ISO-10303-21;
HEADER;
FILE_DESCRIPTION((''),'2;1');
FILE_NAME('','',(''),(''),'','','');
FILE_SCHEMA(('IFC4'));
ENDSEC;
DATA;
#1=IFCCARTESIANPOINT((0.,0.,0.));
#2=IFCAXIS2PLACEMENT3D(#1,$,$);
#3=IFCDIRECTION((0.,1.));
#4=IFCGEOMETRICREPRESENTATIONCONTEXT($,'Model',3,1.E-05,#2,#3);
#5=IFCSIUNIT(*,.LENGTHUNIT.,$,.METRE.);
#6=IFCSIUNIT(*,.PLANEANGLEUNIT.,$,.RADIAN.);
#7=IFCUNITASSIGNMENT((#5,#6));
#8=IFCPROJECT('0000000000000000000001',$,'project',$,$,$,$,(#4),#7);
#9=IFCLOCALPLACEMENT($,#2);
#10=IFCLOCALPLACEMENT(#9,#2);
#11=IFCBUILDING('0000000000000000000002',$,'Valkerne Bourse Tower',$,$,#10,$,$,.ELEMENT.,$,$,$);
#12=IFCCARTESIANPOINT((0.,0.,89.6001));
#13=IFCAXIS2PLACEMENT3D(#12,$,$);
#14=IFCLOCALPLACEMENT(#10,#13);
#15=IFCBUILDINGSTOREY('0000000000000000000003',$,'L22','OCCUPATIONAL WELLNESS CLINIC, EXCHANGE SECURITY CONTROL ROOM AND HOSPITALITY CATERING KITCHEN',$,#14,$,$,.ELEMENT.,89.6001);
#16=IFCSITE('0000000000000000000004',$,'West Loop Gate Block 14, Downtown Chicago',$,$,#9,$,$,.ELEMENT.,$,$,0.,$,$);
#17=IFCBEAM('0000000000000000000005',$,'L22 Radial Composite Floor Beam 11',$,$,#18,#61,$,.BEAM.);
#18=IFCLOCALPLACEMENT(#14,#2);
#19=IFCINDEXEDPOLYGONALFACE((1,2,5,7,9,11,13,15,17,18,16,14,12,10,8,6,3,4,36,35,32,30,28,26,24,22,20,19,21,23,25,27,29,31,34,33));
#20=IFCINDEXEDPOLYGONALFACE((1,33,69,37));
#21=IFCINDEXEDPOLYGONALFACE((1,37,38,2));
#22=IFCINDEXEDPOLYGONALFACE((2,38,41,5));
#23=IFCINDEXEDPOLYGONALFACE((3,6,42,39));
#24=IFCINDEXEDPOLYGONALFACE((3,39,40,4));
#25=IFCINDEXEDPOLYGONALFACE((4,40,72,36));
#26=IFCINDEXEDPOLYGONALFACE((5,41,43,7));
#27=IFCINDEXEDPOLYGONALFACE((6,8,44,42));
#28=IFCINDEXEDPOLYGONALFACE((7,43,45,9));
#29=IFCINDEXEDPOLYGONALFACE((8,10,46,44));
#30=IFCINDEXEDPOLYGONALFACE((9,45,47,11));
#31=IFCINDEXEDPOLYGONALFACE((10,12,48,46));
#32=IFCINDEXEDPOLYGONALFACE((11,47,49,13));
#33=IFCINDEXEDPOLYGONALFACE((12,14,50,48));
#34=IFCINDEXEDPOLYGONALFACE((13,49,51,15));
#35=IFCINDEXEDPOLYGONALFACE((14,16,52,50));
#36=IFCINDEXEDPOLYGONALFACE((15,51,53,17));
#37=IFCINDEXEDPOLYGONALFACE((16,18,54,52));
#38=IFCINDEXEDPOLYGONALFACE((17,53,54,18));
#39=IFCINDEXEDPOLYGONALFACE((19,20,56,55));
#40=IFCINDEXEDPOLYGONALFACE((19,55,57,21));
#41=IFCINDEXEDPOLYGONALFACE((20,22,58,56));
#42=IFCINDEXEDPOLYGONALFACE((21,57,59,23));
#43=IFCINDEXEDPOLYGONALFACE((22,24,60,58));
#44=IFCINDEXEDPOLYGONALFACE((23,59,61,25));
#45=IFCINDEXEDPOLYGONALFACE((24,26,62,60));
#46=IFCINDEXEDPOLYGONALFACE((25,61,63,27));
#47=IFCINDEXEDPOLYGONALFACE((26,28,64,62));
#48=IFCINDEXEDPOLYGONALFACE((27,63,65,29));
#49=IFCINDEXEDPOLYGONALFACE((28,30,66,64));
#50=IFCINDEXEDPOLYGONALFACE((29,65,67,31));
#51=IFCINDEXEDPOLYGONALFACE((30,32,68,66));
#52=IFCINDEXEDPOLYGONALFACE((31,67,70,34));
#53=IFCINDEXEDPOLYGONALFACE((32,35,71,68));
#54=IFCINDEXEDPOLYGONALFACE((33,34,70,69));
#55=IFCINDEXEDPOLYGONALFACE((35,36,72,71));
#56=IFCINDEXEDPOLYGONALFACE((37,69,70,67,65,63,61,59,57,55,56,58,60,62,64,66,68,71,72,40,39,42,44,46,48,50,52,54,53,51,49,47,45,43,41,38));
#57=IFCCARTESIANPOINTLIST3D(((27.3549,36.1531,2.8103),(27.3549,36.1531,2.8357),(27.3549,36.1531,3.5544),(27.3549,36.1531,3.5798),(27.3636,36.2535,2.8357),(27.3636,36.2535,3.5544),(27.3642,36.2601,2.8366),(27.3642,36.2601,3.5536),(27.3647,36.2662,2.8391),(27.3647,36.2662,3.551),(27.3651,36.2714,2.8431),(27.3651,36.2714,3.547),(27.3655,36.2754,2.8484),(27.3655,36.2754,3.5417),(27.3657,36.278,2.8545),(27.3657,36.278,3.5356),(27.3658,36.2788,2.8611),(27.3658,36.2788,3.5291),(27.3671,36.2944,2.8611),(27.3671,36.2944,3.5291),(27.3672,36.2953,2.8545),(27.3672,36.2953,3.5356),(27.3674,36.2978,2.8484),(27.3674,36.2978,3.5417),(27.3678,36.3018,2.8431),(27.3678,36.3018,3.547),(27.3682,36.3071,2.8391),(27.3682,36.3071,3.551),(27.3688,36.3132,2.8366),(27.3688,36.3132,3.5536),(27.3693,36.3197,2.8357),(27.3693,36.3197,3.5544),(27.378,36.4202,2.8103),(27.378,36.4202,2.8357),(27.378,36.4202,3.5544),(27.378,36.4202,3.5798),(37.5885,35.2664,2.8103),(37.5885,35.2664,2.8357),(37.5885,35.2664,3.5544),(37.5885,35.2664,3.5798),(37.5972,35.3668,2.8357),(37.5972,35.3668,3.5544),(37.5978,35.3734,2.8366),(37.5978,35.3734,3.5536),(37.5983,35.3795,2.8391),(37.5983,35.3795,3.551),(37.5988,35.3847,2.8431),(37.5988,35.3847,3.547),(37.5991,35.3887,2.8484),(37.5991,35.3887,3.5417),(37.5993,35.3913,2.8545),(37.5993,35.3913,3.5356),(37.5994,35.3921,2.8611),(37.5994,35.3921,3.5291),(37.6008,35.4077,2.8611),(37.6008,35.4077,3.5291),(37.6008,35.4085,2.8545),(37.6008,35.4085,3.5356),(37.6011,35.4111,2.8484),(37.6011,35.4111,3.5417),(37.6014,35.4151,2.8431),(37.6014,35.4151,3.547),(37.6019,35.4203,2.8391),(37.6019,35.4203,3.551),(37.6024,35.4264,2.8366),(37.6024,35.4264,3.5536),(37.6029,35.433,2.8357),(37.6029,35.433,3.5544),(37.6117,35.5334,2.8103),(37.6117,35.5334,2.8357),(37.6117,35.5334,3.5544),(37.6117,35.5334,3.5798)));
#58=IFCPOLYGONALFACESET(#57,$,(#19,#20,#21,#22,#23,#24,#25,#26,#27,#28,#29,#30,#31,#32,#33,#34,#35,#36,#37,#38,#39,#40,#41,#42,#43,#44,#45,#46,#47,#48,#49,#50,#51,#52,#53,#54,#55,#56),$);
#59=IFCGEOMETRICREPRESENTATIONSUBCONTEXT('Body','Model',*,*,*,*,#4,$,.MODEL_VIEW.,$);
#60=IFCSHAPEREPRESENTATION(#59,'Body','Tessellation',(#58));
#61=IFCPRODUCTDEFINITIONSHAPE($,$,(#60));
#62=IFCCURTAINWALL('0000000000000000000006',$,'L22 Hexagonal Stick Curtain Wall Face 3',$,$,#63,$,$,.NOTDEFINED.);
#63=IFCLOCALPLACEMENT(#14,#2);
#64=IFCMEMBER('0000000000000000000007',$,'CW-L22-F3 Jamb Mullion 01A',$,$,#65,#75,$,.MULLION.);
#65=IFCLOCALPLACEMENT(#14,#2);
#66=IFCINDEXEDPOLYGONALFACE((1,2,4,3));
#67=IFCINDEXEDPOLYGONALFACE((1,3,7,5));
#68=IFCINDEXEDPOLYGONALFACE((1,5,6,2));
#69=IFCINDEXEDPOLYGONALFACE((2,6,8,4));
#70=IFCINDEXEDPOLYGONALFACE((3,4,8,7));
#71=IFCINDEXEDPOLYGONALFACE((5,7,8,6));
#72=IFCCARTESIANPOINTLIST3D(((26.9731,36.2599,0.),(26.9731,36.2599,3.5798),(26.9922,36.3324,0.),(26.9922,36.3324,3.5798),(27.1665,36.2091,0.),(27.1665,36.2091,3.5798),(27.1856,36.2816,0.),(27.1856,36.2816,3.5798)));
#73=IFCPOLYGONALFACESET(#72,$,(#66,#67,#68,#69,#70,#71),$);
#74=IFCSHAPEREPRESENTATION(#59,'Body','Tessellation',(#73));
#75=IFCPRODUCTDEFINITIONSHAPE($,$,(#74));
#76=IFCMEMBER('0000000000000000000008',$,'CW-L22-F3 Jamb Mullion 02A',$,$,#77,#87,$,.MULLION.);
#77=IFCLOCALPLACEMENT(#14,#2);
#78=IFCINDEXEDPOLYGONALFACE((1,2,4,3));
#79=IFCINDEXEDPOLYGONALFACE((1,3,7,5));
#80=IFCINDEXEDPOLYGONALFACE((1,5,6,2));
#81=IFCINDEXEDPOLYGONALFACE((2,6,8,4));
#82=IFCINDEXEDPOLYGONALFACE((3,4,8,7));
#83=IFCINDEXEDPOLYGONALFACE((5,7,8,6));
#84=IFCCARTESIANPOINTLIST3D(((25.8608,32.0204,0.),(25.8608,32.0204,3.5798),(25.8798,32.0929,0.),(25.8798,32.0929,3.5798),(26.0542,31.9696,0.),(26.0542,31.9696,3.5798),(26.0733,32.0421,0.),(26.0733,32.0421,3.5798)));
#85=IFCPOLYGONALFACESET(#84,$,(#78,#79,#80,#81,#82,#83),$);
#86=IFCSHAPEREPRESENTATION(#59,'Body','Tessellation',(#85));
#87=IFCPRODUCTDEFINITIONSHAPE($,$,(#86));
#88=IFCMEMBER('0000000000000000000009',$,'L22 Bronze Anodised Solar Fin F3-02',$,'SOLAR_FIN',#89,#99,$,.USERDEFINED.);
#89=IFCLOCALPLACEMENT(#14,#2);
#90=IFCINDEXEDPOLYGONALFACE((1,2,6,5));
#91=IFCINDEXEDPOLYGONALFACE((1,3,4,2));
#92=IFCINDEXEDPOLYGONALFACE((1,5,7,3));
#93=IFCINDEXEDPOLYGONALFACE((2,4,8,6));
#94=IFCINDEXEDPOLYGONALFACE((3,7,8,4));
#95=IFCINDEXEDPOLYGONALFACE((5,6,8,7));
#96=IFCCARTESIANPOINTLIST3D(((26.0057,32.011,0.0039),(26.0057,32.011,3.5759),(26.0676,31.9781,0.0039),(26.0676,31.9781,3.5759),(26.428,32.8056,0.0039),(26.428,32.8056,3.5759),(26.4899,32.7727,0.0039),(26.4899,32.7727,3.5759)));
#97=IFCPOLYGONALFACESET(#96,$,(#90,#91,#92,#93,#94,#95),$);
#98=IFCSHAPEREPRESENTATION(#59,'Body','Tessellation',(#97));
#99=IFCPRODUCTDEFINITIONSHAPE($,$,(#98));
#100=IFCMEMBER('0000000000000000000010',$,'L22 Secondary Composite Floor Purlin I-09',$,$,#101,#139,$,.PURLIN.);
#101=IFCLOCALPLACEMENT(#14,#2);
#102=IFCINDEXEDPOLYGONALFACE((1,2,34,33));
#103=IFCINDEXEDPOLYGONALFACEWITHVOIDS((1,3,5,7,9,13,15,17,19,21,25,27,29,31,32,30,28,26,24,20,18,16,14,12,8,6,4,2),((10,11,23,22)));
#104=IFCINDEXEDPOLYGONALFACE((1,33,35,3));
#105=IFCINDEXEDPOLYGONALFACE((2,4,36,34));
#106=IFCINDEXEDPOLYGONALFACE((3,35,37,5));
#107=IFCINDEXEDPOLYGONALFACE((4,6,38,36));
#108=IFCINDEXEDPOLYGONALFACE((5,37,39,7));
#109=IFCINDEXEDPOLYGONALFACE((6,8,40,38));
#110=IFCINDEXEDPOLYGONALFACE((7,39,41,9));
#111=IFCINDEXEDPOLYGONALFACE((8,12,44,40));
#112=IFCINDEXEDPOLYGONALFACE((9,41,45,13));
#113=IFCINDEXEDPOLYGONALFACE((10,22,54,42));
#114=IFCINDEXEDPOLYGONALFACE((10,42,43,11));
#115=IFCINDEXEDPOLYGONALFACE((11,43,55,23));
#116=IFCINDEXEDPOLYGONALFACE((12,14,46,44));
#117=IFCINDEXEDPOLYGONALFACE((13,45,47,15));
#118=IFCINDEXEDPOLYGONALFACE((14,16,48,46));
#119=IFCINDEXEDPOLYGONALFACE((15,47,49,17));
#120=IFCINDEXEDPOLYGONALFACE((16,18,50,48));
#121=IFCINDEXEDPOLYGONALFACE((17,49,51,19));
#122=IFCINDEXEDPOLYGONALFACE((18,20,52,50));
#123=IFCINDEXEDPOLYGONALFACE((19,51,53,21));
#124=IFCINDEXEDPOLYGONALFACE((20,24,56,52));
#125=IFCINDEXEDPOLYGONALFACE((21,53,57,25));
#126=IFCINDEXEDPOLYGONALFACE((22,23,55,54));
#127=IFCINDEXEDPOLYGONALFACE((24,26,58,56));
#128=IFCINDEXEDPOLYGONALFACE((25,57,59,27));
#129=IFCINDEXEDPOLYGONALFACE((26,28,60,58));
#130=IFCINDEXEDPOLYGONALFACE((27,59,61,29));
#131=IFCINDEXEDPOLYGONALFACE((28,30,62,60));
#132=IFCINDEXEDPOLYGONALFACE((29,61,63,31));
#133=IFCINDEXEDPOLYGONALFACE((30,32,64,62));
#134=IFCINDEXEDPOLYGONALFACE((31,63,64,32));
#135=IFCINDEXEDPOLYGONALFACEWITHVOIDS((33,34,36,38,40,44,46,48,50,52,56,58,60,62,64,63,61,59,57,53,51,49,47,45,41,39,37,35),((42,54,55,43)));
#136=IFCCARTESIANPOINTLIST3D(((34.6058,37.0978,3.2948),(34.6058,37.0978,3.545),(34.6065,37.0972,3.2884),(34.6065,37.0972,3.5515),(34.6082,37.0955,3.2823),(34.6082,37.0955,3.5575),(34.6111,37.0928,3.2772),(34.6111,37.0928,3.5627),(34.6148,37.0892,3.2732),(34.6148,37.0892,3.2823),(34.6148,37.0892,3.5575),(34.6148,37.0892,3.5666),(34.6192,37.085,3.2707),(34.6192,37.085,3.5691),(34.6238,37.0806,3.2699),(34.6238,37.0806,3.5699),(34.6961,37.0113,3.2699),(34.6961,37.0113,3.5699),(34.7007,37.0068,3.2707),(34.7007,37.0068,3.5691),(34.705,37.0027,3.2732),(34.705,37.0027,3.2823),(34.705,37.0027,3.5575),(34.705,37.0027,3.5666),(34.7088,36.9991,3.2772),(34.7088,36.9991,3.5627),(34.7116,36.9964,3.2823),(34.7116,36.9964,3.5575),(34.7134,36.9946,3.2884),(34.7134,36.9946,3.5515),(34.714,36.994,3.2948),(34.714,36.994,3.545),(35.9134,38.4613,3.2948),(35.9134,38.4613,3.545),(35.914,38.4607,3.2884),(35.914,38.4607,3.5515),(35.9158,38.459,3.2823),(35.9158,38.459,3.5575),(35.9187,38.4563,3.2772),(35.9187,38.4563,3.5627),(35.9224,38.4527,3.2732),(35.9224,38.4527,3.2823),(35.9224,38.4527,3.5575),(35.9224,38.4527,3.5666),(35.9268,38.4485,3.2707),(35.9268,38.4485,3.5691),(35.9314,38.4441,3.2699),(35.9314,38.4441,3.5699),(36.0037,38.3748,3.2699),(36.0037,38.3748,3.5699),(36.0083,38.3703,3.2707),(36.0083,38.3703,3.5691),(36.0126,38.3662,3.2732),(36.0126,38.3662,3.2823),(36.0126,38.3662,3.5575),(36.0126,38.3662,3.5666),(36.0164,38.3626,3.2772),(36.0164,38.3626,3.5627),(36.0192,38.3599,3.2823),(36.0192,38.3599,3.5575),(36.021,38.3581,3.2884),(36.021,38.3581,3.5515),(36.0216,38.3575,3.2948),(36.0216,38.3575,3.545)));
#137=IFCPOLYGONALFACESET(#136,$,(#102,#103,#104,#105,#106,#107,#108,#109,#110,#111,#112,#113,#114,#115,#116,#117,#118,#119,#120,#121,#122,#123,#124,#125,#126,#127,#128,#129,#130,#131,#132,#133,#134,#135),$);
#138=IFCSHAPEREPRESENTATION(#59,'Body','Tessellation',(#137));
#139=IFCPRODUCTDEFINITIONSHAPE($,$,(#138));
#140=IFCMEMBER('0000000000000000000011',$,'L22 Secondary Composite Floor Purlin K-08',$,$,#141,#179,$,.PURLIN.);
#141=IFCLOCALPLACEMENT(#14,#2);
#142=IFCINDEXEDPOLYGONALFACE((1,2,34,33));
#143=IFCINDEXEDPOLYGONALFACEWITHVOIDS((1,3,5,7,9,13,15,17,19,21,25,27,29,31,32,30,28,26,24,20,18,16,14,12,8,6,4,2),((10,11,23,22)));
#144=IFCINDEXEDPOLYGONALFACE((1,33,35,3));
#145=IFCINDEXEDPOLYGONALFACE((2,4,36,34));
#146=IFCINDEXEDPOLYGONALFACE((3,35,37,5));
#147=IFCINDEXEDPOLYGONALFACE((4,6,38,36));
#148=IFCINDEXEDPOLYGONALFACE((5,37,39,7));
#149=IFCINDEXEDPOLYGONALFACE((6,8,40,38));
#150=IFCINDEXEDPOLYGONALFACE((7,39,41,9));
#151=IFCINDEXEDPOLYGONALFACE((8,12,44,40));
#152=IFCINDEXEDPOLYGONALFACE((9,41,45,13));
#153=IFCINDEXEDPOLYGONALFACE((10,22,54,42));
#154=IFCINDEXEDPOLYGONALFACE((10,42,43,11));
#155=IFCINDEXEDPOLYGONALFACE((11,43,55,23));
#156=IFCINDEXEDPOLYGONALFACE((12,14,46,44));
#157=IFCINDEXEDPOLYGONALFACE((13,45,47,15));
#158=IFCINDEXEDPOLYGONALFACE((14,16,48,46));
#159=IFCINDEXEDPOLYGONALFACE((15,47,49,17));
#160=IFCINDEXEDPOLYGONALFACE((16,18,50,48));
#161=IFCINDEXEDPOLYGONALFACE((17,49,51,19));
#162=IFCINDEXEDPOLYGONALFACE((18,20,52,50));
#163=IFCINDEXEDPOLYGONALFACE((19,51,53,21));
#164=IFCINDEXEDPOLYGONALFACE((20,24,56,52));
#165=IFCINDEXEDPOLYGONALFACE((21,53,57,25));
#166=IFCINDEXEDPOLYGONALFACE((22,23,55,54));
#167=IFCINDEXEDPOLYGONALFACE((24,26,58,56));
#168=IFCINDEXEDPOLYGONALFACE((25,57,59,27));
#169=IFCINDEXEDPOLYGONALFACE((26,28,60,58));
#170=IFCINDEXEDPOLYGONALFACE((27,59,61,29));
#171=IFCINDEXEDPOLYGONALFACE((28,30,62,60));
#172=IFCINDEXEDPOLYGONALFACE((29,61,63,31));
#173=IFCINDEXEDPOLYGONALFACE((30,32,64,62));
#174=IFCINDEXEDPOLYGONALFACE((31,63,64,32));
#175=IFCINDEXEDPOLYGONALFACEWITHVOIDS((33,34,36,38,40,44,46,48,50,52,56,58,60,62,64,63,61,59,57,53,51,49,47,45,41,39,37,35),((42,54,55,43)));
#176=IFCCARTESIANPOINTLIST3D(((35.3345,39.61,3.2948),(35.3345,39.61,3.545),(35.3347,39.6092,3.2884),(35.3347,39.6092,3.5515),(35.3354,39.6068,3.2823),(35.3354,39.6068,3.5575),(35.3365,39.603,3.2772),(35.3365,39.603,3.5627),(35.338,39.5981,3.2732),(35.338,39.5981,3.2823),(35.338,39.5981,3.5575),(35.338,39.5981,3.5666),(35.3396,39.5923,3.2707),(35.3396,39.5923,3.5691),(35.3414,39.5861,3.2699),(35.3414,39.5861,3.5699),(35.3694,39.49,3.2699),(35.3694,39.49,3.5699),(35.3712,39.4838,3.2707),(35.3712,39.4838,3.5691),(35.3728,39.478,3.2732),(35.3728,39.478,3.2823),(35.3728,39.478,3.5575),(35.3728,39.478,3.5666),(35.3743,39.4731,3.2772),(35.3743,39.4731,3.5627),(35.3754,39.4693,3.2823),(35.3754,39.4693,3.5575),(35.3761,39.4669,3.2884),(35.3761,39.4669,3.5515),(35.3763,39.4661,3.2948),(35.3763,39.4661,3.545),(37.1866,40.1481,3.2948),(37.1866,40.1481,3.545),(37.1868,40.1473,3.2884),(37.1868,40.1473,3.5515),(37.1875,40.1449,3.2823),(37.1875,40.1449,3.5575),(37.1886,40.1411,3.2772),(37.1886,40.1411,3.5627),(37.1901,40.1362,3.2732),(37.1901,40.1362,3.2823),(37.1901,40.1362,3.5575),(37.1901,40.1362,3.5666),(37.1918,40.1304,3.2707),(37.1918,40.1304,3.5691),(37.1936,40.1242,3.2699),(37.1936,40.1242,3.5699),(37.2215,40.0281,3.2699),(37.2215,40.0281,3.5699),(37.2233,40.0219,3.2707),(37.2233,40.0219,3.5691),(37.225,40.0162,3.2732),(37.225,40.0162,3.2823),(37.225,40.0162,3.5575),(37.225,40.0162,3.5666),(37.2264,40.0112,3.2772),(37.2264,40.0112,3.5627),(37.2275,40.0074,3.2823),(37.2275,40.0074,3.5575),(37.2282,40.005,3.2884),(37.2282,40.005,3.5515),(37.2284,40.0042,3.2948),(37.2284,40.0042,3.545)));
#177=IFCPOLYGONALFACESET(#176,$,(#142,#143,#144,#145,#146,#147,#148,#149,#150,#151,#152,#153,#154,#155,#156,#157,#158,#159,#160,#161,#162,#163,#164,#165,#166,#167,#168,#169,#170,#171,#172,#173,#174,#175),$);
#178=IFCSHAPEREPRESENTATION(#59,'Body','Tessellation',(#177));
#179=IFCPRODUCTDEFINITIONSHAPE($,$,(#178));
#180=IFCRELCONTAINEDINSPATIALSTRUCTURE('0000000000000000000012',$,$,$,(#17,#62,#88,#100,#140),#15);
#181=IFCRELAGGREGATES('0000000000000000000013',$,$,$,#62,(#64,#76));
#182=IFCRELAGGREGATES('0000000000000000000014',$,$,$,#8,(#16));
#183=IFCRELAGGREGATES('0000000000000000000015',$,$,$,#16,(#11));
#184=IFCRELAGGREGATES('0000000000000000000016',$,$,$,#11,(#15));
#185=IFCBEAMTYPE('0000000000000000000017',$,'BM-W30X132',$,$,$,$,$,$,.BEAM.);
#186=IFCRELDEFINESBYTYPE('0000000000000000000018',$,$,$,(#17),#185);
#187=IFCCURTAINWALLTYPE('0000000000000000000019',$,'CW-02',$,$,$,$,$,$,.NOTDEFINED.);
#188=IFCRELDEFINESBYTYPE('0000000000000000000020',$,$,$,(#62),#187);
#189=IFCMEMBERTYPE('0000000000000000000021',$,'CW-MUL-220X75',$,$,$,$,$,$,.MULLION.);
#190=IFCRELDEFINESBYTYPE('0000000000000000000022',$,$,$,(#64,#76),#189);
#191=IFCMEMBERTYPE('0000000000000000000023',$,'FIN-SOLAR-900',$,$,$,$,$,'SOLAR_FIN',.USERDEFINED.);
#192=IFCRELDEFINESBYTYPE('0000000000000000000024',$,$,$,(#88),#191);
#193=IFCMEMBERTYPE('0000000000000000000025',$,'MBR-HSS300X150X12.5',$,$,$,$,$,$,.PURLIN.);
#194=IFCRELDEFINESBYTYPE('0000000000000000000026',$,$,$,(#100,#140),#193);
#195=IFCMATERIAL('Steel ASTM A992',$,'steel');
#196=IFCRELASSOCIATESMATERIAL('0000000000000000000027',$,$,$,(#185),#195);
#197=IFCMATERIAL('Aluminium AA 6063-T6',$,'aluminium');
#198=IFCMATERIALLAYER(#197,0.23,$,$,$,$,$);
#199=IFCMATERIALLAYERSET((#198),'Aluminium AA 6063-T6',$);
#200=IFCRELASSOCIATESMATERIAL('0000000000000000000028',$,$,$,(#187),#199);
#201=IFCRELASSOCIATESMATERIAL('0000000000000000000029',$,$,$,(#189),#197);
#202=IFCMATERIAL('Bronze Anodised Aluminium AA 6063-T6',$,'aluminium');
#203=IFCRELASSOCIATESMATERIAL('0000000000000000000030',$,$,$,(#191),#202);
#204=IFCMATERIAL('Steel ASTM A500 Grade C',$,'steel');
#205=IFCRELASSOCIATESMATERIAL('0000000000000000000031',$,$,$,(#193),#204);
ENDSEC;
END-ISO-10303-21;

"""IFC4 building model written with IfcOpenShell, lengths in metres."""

from ifc_helpers import new_model, si_unit, direction, frame, origin, origin_2d, place, context, subcontext, project, spatial, rectangle, hollow_rectangle, i_section, extrude, material, layer, layer_set, material_profile, profile_set, type_object, element, aggregate, save


model = new_model("IFC4")

# Units and contexts
model_context = context("Model", 3, precision=1e-05, world=origin(), true_north=direction((0.0, 1.0)))
body_context = subcontext(model_context, "Body", "Model", "MODEL_VIEW")
ifc_project = project(units=[si_unit("LENGTHUNIT", "METRE"), si_unit("PLANEANGLEUNIT", "RADIAN")], contexts=[model_context])

# Site, building, storey
site_placement = place(None, origin())
site = spatial("IfcSite", under=ifc_project, at=site_placement, Name="West Loop Gate Block 14, Downtown Chicago", CompositionType="ELEMENT", RefElevation=0.0)
building_placement = place(site_placement, origin())
building = spatial("IfcBuilding", under=site, at=building_placement, Name="Valkerne Bourse Tower", CompositionType="ELEMENT")
storey_placement = place(building_placement, frame((0.0, 0.0, 89.6001)))
storey = spatial("IfcBuildingStorey", under=building, at=storey_placement, Name="L22", Description="OCCUPATIONAL WELLNESS CLINIC, EXCHANGE SECURITY CONTROL ROOM AND HOSPITALITY CATERING KITCHEN", CompositionType="ELEMENT", Elevation=89.6001)

# Beam
ifc_material_1 = material(Name="Steel ASTM A992", Category="steel")
ifc_material_profile_1 = material_profile(ifc_material_1, i_section(OverallWidth=0.2681, OverallDepth=0.7695, WebThickness=0.0156, FlangeThickness=0.0254, FilletRadius=0.0254, at=origin_2d()), Name="W30X132")
ifc_profile_set_1 = profile_set([ifc_material_profile_1], Name="Steel ASTM A992")
beam_type_1 = type_object("IfcBeamType", Name="BM-W30X132", PredefinedType="BEAM", material=ifc_profile_set_1)
beam_placement = place(storey_placement, frame((27.3665, 36.2866, 3.1951), z_axis=(0.996267, -0.086324, 0.0), x_axis=(0.086324, 0.996267, 0.0)))
element("IfcBeam", 1, at=beam_placement, inside=storey, type_object=beam_type_1, Name="L22 Radial Composite Floor Beam 11", PredefinedType="BEAM", context=body_context, shape_type="SweptSolid", body=[
    extrude(i_section(OverallWidth=0.2681, OverallDepth=0.7695, WebThickness=0.0156, FlangeThickness=0.0254, FilletRadius=0.0254, at=origin_2d()), origin(), (0.0, 0.0, 1.0), 10.272),
])

# Curtain wall, members
ifc_material_2 = material(Name="Aluminium AA 6063-T6", Category="aluminium")
ifc_layer_1 = layer(ifc_material_2, 0.23)
ifc_layer_set_1 = layer_set([ifc_layer_1], Name="Aluminium AA 6063-T6")
curtain_wall_type = type_object("IfcCurtainWallType", Name="CW-02", PredefinedType="NOTDEFINED", material=ifc_layer_set_1)
curtain_wall_placement = place(storey_placement, origin())
curtain_wall = element("IfcCurtainWall", 2, at=curtain_wall_placement, inside=storey, type_object=curtain_wall_type, Name="L22 Hexagonal Stick Curtain Wall Face 3", PredefinedType="NOTDEFINED")
ifc_material_profile_2 = material_profile(ifc_material_2, rectangle(XDim=0.075, YDim=0.2, at=origin_2d()), Name="CWM-75X200")
ifc_profile_set_2 = profile_set([ifc_material_profile_2], Name="Aluminium AA 6063-T6")
member_type_1 = type_object("IfcMemberType", Name="CW-MUL-220X75", PredefinedType="MULLION", material=ifc_profile_set_2)
member_1_placement = place(storey_placement, frame((27.0793, 36.2708, 0.0), z_axis=(0.0, 0.0, 1.0), x_axis=(-0.253777, -0.967263, 0.0)))
member_1 = element("IfcMember", 3, at=member_1_placement, type_object=member_type_1, Name="CW-L22-F3 Jamb Mullion 01A", PredefinedType="MULLION", context=body_context, shape_type="SweptSolid", body=[
    extrude(rectangle(XDim=0.075, YDim=0.2, at=origin_2d()), origin(), (0.0, 0.0, 1.0), 3.5798),
])
member_2_placement = place(storey_placement, frame((25.967, 32.0312, 0.0), z_axis=(0.0, 0.0, 1.0), x_axis=(-0.25375, -0.96727, 0.0)))
member_2 = element("IfcMember", 4, at=member_2_placement, type_object=member_type_1, Name="CW-L22-F3 Jamb Mullion 02A", PredefinedType="MULLION", context=body_context, shape_type="SweptSolid", body=[
    extrude(rectangle(XDim=0.075, YDim=0.2, at=origin_2d()), origin(), (0.0, 0.0, 1.0), 3.5798),
])

# Members
ifc_material_3 = material(Name="Bronze Anodised Aluminium AA 6063-T6", Category="aluminium")
ifc_material_profile_3 = material_profile(ifc_material_3, rectangle(XDim=0.0701, YDim=0.8999, at=origin_2d()), Name="FIN-70X900")
ifc_profile_set_3 = profile_set([ifc_material_profile_3], Name="Bronze Anodised Aluminium AA 6063-T6")
member_type_2 = type_object("IfcMemberType", Name="FIN-SOLAR-900", ElementType="SOLAR_FIN", PredefinedType="USERDEFINED", material=ifc_profile_set_3)
member_3_placement = place(storey_placement, frame((26.2478, 32.3918, 0.0039), z_axis=(0.0, 0.0, 1.0), x_axis=(-0.883018, 0.46934, 0.0)))
element("IfcMember", 5, at=member_3_placement, inside=storey, type_object=member_type_2, Name="L22 Bronze Anodised Solar Fin F3-02", ObjectType="SOLAR_FIN", PredefinedType="USERDEFINED", context=body_context, shape_type="SweptSolid", body=[
    extrude(rectangle(XDim=0.0701, YDim=0.8999, at=origin_2d()), origin(), (0.0, 0.0, 1.0), 3.572),
])
ifc_material_4 = material(Name="Steel ASTM A500 Grade C", Category="steel")
ifc_material_profile_4 = material_profile(ifc_material_4, hollow_rectangle(XDim=0.1499, YDim=0.3, WallThickness=0.0125, OuterFilletRadius=0.0249, at=origin_2d()), Name="HSS300X150X12.5")
ifc_profile_set_4 = profile_set([ifc_material_profile_4], Name="Steel ASTM A500 Grade C")
member_type_3 = type_object("IfcMemberType", Name="MBR-HSS300X150X12.5", PredefinedType="PURLIN", material=ifc_profile_set_4)
member_4_placement = place(storey_placement, frame((35.9675, 38.4094, 3.4199), z_axis=(-0.692155, -0.721749, 0.0), x_axis=(0.721749, -0.692155, 0.0)))
element("IfcMember", 6, at=member_4_placement, inside=storey, type_object=member_type_3, Name="L22 Secondary Composite Floor Purlin I-09", PredefinedType="PURLIN", context=body_context, shape_type="SweptSolid", body=[
    extrude(hollow_rectangle(XDim=0.1499, YDim=0.3, WallThickness=0.0125, OuterFilletRadius=0.0249, at=origin_2d()), origin(), (0.0, 0.0, 1.0), 1.8892),
])
member_5_placement = place(storey_placement, frame((37.2075, 40.0762, 3.4199), z_axis=(-0.960292, -0.278998, 0.0), x_axis=(0.278998, -0.960292, 0.0)))
element("IfcMember", 7, at=member_5_placement, inside=storey, type_object=member_type_3, Name="L22 Secondary Composite Floor Purlin K-08", PredefinedType="PURLIN", context=body_context, shape_type="SweptSolid", body=[
    extrude(hollow_rectangle(XDim=0.1499, YDim=0.3, WallThickness=0.0125, OuterFilletRadius=0.0249, at=origin_2d()), origin(), (0.0, 0.0, 1.0), 1.9287),
])

aggregate(curtain_wall, [member_1, member_2])

save(model, "model.ifc")
